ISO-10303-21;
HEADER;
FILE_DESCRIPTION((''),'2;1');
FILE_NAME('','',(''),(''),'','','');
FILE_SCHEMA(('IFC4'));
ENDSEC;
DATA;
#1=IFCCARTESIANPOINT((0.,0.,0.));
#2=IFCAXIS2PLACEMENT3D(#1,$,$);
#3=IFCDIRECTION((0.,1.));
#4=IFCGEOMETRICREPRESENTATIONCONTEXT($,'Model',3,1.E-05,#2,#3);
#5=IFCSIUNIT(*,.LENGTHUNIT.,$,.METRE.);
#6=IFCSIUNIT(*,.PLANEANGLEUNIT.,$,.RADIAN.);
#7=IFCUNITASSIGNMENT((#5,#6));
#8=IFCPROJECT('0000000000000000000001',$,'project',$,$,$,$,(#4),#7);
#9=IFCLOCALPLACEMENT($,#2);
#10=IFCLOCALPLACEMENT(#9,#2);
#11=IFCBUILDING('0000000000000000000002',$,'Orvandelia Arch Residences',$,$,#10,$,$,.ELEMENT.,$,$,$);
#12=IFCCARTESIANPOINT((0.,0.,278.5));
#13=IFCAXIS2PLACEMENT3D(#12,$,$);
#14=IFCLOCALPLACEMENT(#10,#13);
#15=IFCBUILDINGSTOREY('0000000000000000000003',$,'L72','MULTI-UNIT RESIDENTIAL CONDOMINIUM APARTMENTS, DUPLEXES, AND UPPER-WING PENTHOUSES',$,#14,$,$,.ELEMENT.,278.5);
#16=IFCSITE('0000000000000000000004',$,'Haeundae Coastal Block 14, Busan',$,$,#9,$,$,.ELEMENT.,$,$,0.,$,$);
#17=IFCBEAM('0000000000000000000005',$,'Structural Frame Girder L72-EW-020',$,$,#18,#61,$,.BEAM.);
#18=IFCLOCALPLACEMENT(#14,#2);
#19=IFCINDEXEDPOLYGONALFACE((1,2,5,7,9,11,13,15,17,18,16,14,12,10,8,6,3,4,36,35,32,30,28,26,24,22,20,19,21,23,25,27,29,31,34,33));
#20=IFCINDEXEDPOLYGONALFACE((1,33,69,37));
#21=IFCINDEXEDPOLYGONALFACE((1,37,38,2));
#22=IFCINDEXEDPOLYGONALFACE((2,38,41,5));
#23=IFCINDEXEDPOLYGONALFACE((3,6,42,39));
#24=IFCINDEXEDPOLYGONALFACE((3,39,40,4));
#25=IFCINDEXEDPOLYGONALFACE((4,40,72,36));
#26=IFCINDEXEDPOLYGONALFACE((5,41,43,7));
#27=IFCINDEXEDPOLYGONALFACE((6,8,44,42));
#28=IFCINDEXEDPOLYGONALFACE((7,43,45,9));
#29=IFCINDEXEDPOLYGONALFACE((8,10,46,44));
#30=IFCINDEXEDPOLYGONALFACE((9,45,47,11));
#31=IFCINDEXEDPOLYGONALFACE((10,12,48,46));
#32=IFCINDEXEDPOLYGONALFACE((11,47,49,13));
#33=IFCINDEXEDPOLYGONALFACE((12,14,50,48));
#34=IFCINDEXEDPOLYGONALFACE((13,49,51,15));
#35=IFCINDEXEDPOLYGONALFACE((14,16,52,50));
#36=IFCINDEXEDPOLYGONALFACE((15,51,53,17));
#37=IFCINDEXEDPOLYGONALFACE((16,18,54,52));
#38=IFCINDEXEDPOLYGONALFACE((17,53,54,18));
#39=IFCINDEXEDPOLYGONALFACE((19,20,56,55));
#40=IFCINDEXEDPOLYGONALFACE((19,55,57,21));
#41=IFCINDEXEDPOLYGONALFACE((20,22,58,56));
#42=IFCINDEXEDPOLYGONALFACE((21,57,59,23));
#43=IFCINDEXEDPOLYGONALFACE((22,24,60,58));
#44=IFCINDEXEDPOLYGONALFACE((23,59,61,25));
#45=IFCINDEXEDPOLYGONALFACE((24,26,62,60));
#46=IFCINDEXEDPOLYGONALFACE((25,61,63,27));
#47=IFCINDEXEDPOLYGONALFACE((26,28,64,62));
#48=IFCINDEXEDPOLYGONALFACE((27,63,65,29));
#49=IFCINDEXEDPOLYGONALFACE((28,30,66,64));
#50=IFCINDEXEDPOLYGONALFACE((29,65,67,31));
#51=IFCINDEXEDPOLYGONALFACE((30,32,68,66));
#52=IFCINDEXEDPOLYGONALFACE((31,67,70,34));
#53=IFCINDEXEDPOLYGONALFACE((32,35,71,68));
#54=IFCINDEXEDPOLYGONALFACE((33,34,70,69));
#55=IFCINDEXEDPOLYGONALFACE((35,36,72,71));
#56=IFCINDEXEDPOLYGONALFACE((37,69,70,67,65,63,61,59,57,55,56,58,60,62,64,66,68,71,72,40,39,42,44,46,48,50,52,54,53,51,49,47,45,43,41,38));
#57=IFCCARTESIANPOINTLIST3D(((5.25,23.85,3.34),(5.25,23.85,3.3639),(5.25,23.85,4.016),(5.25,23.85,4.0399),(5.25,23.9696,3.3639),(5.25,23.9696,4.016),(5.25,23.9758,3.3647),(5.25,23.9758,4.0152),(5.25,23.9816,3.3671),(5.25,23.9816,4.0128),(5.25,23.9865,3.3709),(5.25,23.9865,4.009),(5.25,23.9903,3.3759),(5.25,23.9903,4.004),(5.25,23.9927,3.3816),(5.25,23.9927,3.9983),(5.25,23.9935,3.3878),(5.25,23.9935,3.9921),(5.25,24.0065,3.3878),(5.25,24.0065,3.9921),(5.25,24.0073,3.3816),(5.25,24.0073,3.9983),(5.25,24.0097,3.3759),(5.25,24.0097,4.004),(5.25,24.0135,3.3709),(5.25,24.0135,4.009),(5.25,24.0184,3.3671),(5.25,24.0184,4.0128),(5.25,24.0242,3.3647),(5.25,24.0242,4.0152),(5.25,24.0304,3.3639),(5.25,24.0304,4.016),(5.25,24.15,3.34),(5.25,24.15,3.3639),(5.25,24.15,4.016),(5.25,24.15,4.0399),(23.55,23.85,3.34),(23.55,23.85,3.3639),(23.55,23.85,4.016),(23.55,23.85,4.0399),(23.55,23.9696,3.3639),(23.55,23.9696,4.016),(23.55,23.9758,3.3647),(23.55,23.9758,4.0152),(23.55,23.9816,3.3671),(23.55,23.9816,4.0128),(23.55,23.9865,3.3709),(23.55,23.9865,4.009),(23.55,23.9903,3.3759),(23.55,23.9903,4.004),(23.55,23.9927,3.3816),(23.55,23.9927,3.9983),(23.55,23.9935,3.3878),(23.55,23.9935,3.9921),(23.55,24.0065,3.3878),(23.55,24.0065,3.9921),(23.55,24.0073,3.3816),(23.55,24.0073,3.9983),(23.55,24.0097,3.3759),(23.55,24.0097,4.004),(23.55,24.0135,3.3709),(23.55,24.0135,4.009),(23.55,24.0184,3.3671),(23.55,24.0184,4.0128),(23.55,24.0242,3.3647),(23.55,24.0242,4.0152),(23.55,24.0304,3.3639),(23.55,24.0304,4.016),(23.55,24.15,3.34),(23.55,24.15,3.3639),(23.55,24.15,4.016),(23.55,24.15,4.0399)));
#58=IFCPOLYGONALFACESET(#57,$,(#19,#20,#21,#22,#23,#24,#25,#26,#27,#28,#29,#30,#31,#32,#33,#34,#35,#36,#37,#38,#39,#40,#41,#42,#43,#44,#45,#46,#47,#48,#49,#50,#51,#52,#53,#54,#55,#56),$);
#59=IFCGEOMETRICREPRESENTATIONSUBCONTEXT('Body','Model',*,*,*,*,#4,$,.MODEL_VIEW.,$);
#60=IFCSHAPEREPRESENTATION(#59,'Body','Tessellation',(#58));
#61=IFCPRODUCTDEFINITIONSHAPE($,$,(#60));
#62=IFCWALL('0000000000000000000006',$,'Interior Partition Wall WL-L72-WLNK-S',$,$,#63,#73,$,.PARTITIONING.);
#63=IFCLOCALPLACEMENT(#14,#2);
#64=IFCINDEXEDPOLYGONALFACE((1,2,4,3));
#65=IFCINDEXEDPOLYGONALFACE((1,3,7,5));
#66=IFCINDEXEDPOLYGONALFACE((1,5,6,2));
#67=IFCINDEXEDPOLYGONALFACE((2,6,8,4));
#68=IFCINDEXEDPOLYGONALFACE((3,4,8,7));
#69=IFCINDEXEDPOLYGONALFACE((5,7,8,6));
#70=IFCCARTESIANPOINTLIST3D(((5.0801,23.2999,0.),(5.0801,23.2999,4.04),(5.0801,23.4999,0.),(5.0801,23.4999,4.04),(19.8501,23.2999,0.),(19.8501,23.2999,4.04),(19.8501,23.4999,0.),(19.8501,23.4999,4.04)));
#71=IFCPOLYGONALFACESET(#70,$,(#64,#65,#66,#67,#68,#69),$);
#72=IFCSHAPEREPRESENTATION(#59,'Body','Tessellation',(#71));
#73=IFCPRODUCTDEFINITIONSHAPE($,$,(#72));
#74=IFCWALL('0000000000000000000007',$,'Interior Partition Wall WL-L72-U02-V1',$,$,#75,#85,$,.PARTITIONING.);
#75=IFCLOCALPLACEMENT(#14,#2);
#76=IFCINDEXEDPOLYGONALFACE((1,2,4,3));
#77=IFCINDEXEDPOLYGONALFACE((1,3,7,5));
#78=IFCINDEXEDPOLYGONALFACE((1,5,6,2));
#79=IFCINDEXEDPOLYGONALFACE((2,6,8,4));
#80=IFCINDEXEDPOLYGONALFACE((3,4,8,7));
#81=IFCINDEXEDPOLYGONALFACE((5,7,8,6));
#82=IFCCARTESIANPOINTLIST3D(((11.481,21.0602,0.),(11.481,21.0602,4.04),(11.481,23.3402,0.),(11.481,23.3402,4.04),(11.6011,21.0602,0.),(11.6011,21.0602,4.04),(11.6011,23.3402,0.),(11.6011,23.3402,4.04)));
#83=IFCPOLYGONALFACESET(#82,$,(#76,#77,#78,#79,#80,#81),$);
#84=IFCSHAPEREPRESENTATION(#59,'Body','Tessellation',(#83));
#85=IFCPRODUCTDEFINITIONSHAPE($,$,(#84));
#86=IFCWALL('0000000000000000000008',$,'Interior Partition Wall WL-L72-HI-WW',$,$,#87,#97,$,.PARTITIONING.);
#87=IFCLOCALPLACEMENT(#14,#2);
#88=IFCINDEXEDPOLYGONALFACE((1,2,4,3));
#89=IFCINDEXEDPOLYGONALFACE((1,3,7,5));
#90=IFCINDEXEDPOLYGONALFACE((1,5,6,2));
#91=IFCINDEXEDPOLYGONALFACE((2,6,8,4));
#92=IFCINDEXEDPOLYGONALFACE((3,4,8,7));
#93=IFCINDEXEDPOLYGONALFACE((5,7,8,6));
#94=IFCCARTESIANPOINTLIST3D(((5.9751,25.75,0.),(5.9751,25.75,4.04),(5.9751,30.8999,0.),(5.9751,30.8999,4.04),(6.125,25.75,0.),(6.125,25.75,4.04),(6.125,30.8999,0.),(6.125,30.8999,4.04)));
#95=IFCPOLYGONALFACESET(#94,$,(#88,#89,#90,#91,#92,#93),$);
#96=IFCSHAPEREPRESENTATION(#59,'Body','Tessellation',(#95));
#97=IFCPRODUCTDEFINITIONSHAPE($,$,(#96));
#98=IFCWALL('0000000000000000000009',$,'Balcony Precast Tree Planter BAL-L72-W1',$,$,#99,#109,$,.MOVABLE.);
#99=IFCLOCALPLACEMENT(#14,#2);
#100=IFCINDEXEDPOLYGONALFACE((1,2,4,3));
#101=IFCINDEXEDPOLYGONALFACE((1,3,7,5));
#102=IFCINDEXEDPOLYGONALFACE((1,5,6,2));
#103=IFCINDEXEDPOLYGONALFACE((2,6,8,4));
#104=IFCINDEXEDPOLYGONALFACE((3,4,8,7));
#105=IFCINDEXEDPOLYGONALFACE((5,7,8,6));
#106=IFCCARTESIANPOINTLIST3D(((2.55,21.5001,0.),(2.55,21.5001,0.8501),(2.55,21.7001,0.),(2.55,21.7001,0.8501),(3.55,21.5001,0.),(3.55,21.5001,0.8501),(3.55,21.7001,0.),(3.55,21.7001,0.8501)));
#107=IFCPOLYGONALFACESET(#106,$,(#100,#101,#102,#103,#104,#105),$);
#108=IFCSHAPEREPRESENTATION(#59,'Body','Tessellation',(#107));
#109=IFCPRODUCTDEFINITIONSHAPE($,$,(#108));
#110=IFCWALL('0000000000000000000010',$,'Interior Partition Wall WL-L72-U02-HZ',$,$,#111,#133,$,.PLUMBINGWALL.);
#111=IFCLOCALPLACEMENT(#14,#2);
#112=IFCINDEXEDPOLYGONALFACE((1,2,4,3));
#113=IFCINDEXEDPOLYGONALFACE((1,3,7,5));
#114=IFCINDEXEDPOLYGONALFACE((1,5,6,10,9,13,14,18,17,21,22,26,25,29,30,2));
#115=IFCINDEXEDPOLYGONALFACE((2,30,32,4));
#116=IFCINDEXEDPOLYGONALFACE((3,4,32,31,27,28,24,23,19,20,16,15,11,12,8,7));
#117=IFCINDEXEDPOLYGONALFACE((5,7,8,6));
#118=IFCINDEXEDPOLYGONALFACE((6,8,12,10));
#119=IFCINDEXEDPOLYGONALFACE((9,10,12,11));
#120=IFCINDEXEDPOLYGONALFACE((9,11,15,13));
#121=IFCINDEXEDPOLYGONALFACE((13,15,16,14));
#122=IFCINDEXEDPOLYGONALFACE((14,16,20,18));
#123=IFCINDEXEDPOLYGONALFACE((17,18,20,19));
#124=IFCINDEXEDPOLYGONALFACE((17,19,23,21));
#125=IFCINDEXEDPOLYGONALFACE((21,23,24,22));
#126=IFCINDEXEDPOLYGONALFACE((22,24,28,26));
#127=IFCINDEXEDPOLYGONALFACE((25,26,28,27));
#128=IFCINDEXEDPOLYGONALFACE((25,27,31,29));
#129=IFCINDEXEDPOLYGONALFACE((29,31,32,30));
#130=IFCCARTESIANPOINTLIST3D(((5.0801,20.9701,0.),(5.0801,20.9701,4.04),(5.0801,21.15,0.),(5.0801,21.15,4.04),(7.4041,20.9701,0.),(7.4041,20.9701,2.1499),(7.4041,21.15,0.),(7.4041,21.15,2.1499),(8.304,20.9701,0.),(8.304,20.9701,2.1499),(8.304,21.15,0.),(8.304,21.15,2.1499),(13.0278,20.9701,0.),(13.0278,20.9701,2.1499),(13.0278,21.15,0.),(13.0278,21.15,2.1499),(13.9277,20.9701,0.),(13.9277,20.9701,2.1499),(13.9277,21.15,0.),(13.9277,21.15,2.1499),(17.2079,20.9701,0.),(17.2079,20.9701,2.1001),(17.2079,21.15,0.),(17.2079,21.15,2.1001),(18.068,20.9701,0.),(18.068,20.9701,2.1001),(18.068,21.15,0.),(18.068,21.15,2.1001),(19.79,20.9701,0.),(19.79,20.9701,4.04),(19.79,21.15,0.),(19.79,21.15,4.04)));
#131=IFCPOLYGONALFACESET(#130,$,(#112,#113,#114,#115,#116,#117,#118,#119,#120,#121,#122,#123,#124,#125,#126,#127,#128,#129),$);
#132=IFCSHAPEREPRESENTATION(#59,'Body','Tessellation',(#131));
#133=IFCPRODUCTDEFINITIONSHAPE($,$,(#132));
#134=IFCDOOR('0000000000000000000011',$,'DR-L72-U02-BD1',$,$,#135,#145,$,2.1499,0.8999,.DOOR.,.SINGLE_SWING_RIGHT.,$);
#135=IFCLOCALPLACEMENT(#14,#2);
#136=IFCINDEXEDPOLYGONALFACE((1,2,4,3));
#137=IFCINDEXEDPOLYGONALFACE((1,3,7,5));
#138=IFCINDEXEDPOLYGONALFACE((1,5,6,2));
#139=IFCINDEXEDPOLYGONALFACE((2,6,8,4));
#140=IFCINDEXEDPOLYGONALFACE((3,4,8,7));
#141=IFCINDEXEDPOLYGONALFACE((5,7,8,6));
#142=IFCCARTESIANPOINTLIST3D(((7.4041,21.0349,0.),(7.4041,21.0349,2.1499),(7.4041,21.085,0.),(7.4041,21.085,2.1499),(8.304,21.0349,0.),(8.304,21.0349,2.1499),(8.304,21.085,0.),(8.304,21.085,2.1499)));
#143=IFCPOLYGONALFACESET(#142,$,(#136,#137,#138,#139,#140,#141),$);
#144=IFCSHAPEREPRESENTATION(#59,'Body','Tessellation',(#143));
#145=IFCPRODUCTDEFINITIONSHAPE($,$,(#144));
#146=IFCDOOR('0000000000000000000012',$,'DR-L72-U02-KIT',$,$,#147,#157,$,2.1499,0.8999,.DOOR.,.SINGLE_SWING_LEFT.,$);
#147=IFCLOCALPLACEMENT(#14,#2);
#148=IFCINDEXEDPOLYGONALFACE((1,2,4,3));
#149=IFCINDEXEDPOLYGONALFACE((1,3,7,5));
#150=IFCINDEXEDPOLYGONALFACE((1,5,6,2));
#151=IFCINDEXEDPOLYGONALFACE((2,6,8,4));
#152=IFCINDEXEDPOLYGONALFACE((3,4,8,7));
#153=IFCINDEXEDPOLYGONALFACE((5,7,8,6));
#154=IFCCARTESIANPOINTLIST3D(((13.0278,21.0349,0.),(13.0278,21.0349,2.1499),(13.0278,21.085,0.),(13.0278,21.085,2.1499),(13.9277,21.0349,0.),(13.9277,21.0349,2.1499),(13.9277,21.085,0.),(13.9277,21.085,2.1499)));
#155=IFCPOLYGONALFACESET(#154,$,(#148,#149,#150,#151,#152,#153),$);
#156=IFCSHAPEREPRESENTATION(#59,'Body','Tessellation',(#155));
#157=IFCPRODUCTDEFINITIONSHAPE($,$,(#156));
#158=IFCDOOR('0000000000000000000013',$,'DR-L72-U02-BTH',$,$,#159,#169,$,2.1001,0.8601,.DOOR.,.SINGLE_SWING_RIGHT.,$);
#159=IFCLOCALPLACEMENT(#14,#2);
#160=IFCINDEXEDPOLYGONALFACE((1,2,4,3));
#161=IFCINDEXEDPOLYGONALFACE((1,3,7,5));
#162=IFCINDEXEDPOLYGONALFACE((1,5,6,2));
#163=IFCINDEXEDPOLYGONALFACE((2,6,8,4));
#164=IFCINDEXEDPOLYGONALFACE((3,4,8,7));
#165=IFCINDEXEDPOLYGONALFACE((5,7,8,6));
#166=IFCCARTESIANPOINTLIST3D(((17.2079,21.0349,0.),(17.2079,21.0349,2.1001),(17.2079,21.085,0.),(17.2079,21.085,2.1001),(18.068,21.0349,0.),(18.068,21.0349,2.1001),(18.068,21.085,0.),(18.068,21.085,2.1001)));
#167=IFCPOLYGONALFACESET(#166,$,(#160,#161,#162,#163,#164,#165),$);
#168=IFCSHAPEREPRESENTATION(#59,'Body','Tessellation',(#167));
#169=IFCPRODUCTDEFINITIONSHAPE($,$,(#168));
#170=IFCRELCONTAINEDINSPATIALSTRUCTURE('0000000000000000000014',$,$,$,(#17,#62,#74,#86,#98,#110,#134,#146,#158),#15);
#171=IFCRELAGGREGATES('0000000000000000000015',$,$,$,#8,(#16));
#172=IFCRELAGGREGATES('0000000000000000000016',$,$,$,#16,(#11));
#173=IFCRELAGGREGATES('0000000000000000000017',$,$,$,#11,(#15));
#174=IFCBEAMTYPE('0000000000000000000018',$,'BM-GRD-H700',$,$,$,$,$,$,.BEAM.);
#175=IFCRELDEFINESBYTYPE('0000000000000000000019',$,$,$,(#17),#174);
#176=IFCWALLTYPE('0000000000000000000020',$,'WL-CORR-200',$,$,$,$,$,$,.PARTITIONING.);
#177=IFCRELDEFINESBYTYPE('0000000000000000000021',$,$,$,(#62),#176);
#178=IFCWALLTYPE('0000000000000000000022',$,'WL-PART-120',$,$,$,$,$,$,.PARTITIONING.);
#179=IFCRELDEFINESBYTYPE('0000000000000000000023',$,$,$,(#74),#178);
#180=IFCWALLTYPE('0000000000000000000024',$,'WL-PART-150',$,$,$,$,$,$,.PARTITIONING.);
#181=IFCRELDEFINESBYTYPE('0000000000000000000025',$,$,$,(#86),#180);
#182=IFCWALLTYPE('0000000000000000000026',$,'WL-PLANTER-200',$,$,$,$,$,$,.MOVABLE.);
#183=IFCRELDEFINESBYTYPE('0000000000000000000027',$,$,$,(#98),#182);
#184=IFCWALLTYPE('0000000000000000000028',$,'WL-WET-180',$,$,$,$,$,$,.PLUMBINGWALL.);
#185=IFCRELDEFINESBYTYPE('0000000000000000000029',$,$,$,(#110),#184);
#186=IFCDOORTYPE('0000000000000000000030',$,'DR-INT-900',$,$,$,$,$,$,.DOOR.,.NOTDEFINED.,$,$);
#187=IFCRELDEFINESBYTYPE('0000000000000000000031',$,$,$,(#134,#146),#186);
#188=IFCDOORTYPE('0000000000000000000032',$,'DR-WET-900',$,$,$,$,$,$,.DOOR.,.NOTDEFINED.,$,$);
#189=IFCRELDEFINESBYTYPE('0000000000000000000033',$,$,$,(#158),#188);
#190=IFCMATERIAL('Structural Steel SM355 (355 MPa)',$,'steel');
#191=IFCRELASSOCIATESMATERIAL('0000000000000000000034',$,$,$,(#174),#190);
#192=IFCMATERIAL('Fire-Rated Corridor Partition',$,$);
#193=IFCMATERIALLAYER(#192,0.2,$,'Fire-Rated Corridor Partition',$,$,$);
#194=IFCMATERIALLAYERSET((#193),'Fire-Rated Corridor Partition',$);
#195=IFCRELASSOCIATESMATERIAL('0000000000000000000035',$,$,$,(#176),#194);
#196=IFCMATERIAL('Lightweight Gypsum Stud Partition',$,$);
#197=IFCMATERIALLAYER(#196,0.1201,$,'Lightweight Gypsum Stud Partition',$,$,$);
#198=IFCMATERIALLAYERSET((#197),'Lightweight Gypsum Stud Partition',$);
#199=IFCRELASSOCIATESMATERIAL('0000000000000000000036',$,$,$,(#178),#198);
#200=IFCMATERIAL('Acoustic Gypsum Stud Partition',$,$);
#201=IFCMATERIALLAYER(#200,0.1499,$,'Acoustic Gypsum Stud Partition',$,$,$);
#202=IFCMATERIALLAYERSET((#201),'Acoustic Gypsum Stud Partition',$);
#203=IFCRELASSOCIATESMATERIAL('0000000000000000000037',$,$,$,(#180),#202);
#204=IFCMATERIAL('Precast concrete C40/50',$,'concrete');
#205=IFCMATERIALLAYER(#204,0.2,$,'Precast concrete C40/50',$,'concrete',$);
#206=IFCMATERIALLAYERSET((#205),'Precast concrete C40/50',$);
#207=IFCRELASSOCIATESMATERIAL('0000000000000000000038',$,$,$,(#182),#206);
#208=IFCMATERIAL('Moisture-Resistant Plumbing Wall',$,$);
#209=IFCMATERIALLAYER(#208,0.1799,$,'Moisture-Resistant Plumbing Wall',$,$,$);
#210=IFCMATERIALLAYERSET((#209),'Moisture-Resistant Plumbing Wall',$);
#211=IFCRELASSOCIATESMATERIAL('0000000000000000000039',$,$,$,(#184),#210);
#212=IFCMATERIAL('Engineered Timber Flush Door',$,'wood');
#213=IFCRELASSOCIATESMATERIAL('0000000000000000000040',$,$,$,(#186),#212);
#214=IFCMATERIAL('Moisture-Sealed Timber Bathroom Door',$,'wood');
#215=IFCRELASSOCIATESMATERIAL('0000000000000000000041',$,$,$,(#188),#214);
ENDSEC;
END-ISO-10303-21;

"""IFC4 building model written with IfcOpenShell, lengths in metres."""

from ifc_helpers import new_model, si_unit, direction, frame, frame_2d, origin, origin_2d, place, context, subcontext, project, spatial, rectangle, i_section, extrude, material, layer, layer_set, material_profile, profile_set, type_object, element, fill, save


model = new_model("IFC4")

# Units and contexts
model_context = context("Model", 3, precision=1e-05, world=origin(), true_north=direction((0.0, 1.0)))
body_context = subcontext(model_context, "Body", "Model", "MODEL_VIEW")
ifc_project = project(units=[si_unit("LENGTHUNIT", "METRE"), si_unit("PLANEANGLEUNIT", "RADIAN")], contexts=[model_context])

# Site, building, storey
site_placement = place(None, origin())
site = spatial("IfcSite", under=ifc_project, at=site_placement, Name="Haeundae Coastal Block 14, Busan", CompositionType="ELEMENT", RefElevation=0.0)
building_placement = place(site_placement, origin())
building = spatial("IfcBuilding", under=site, at=building_placement, Name="Orvandelia Arch Residences", CompositionType="ELEMENT")
storey_placement = place(building_placement, frame((0.0, 0.0, 278.5)))
storey = spatial("IfcBuildingStorey", under=building, at=storey_placement, Name="L72", Description="MULTI-UNIT RESIDENTIAL CONDOMINIUM APARTMENTS, DUPLEXES, AND UPPER-WING PENTHOUSES", CompositionType="ELEMENT", Elevation=278.5)

# Beam
ifc_material_1 = material(Name="Structural Steel SM355 (355 MPa)", Category="steel")
ifc_material_profile_1 = material_profile(ifc_material_1, i_section(OverallWidth=0.3, OverallDepth=0.7, WebThickness=0.0129, FlangeThickness=0.0239, FilletRadius=0.0239, at=origin_2d()), Name="Structural Steel SM355 (355 MPa)", Category="steel")
ifc_profile_set_1 = profile_set([ifc_material_profile_1], Name="Structural Steel SM355 (355 MPa)")
beam_type = type_object("IfcBeamType", Name="BM-GRD-H700", PredefinedType="BEAM", material=ifc_profile_set_1)
for number, where, z_axis, x_axis, name in (
    (1, (5.25, 24.0, 3.6899), (1.0, 0.0, 0.0), (0.0, 1.0, 0.0), "Structural Frame Girder L72-EW-020"),
):
    element("IfcBeam", number, at=place(storey_placement, frame(where, z_axis=z_axis, x_axis=x_axis)), inside=storey, type_object=beam_type, Name=name, PredefinedType="BEAM", context=body_context, shape_type="SweptSolid", body=[
        extrude(i_section(OverallWidth=0.3, OverallDepth=0.7, WebThickness=0.0129, FlangeThickness=0.0239, FilletRadius=0.0239, at=origin_2d()), origin(), (0.0, 0.0, 1.0), 18.3),
    ])

# Walls
ifc_material_2 = material(Name="Fire-Rated Corridor Partition")
ifc_layer_1 = layer(ifc_material_2, 0.2, Name="Fire-Rated Corridor Partition")
ifc_layer_set_1 = layer_set([ifc_layer_1], Name="Fire-Rated Corridor Partition")
wall_type_1 = type_object("IfcWallType", Name="WL-CORR-200", PredefinedType="PARTITIONING", material=ifc_layer_set_1)
wall_1_placement = place(storey_placement, frame((5.0801, 23.3999, 0.0), z_axis=(0.0, 0.0, 1.0), x_axis=(1.0, 0.0, 0.0)))
element("IfcWall", 2, at=wall_1_placement, inside=storey, type_object=wall_type_1, Name="Interior Partition Wall WL-L72-WLNK-S", PredefinedType="PARTITIONING", context=body_context, shape_type="SweptSolid", body=[
    extrude(rectangle(XDim=14.77, YDim=0.2, at=frame_2d((7.385, 0.0))), origin(), (0.0, 0.0, 1.0), 4.04),
])
ifc_material_3 = material(Name="Lightweight Gypsum Stud Partition")
ifc_layer_2 = layer(ifc_material_3, 0.1201, Name="Lightweight Gypsum Stud Partition")
ifc_layer_set_2 = layer_set([ifc_layer_2], Name="Lightweight Gypsum Stud Partition")
wall_type_2 = type_object("IfcWallType", Name="WL-PART-120", PredefinedType="PARTITIONING", material=ifc_layer_set_2)
wall_2_placement = place(storey_placement, frame((11.541, 21.0601, 0.0), z_axis=(0.0, 0.0, 1.0), x_axis=(0.0, 1.0, 0.0)))
element("IfcWall", 3, at=wall_2_placement, inside=storey, type_object=wall_type_2, Name="Interior Partition Wall WL-L72-U02-V1", PredefinedType="PARTITIONING", context=body_context, shape_type="SweptSolid", body=[
    extrude(rectangle(XDim=2.28, YDim=0.1201, at=frame_2d((1.1401, 0.0))), origin(), (0.0, 0.0, 1.0), 4.04),
])
ifc_material_4 = material(Name="Acoustic Gypsum Stud Partition")
ifc_layer_3 = layer(ifc_material_4, 0.1499, Name="Acoustic Gypsum Stud Partition")
ifc_layer_set_3 = layer_set([ifc_layer_3], Name="Acoustic Gypsum Stud Partition")
wall_type_3 = type_object("IfcWallType", Name="WL-PART-150", PredefinedType="PARTITIONING", material=ifc_layer_set_3)
wall_3_placement = place(storey_placement, frame((6.05, 25.75, 0.0), z_axis=(0.0, 0.0, 1.0), x_axis=(0.0, 1.0, 0.0)))
element("IfcWall", 4, at=wall_3_placement, inside=storey, type_object=wall_type_3, Name="Interior Partition Wall WL-L72-HI-WW", PredefinedType="PARTITIONING", context=body_context, shape_type="SweptSolid", body=[
    extrude(rectangle(XDim=5.1499, YDim=0.1499, at=frame_2d((2.575, 0.0))), origin(), (0.0, 0.0, 1.0), 4.04),
])
ifc_material_5 = material(Name="Precast concrete C40/50", Category="concrete")
ifc_layer_4 = layer(ifc_material_5, 0.2, Name="Precast concrete C40/50", Category="concrete")
ifc_layer_set_4 = layer_set([ifc_layer_4], Name="Precast concrete C40/50")
wall_type_4 = type_object("IfcWallType", Name="WL-PLANTER-200", PredefinedType="MOVABLE", material=ifc_layer_set_4)
wall_4_placement = place(storey_placement, frame((2.55, 21.6001, 0.0), z_axis=(0.0, 0.0, 1.0), x_axis=(1.0, 0.0, 0.0)))
element("IfcWall", 5, at=wall_4_placement, inside=storey, type_object=wall_type_4, Name="Balcony Precast Tree Planter BAL-L72-W1", PredefinedType="MOVABLE", context=body_context, shape_type="SweptSolid", body=[
    extrude(rectangle(XDim=1.0, YDim=0.2, at=frame_2d((0.5, 0.0))), origin(), (0.0, 0.0, 1.0), 0.8501),
])

# Wall, openings, doors
ifc_material_6 = material(Name="Moisture-Resistant Plumbing Wall")
ifc_layer_5 = layer(ifc_material_6, 0.1799, Name="Moisture-Resistant Plumbing Wall")
ifc_layer_set_5 = layer_set([ifc_layer_5], Name="Moisture-Resistant Plumbing Wall")
wall_type_5 = type_object("IfcWallType", Name="WL-WET-180", PredefinedType="PLUMBINGWALL", material=ifc_layer_set_5)
wall_5_placement = place(storey_placement, frame((5.0801, 21.0601, 0.0), z_axis=(0.0, 0.0, 1.0), x_axis=(1.0, 0.0, 0.0)))
wall_5 = element("IfcWall", 6, at=wall_5_placement, inside=storey, type_object=wall_type_5, Name="Interior Partition Wall WL-L72-U02-HZ", PredefinedType="PLUMBINGWALL", context=body_context, shape_type="SweptSolid", body=[
    extrude(rectangle(XDim=14.71, YDim=0.1799, at=frame_2d((7.355, 0.0))), origin(), (0.0, 0.0, 1.0), 4.04),
])
opening_1_placement = place(wall_5_placement, frame((2.324, 0.0, 0.0)))
opening_1 = element("IfcOpeningElement", 7, at=opening_1_placement, cuts=wall_5, PredefinedType="OPENING", context=body_context, shape_type="SweptSolid", body=[
    extrude(rectangle(XDim=0.8999, YDim=2.1499, at=frame_2d((0.45, 1.075))), frame((0.0, 0.1001, 0.0), z_axis=(0.0, -1.0, 0.0), x_axis=(1.0, 0.0, 0.0)), (0.0, 0.0, 1.0), 0.2),
])
opening_2_placement = place(wall_5_placement, frame((7.9478, 0.0, 0.0)))
opening_2 = element("IfcOpeningElement", 8, at=opening_2_placement, cuts=wall_5, PredefinedType="OPENING", context=body_context, shape_type="SweptSolid", body=[
    extrude(rectangle(XDim=0.8999, YDim=2.1499, at=frame_2d((0.45, 1.075))), frame((0.0, 0.1001, 0.0), z_axis=(0.0, -1.0, 0.0), x_axis=(1.0, 0.0, 0.0)), (0.0, 0.0, 1.0), 0.2),
])
opening_3_placement = place(wall_5_placement, frame((12.1277, 0.0, 0.0)))
opening_3 = element("IfcOpeningElement", 9, at=opening_3_placement, cuts=wall_5, PredefinedType="OPENING", context=body_context, shape_type="SweptSolid", body=[
    extrude(rectangle(XDim=0.8601, YDim=2.1001, at=frame_2d((0.4302, 1.05))), frame((0.0, 0.1001, 0.0), z_axis=(0.0, -1.0, 0.0), x_axis=(1.0, 0.0, 0.0)), (0.0, 0.0, 1.0), 0.2),
])
ifc_material_7 = material(Name="Engineered Timber Flush Door", Category="wood")
door_type_1 = type_object("IfcDoorType", Name="DR-INT-900", OperationType="NOTDEFINED", PredefinedType="DOOR", material=ifc_material_7)
door_1_placement = place(opening_1_placement, origin())
door_1 = element("IfcDoor", 10, at=door_1_placement, inside=storey, type_object=door_type_1, Name="DR-L72-U02-BD1", OperationType="SINGLE_SWING_RIGHT", OverallHeight=2.1499, OverallWidth=0.8999, PredefinedType="DOOR", context=body_context, shape_type="SweptSolid", body=[
    extrude(rectangle(XDim=0.8999, YDim=2.1499, at=frame_2d((0.45, 1.075))), frame((0.0, 0.0249, 0.0), z_axis=(0.0, -1.0, 0.0), x_axis=(1.0, 0.0, 0.0)), (0.0, 0.0, 1.0), 0.05),
])
fill(opening_1, door_1)
door_2_placement = place(opening_2_placement, origin())
door_2 = element("IfcDoor", 11, at=door_2_placement, inside=storey, type_object=door_type_1, Name="DR-L72-U02-KIT", OperationType="SINGLE_SWING_LEFT", OverallHeight=2.1499, OverallWidth=0.8999, PredefinedType="DOOR", context=body_context, shape_type="SweptSolid", body=[
    extrude(rectangle(XDim=0.8999, YDim=2.1499, at=frame_2d((0.45, 1.075))), frame((0.0, 0.0249, 0.0), z_axis=(0.0, -1.0, 0.0), x_axis=(1.0, 0.0, 0.0)), (0.0, 0.0, 1.0), 0.05),
])
fill(opening_2, door_2)
ifc_material_8 = material(Name="Moisture-Sealed Timber Bathroom Door", Category="wood")
door_type_2 = type_object("IfcDoorType", Name="DR-WET-900", OperationType="NOTDEFINED", PredefinedType="DOOR", material=ifc_material_8)
door_3_placement = place(opening_3_placement, origin())
door_3 = element("IfcDoor", 12, at=door_3_placement, inside=storey, type_object=door_type_2, Name="DR-L72-U02-BTH", OperationType="SINGLE_SWING_RIGHT", OverallHeight=2.1001, OverallWidth=0.8601, PredefinedType="DOOR", context=body_context, shape_type="SweptSolid", body=[
    extrude(rectangle(XDim=0.8601, YDim=2.1001, at=frame_2d((0.4302, 1.05))), frame((0.0, 0.0249, 0.0), z_axis=(0.0, -1.0, 0.0), x_axis=(1.0, 0.0, 0.0)), (0.0, 0.0, 1.0), 0.05),
])
fill(opening_3, door_3)

save(model, "model.ifc")
